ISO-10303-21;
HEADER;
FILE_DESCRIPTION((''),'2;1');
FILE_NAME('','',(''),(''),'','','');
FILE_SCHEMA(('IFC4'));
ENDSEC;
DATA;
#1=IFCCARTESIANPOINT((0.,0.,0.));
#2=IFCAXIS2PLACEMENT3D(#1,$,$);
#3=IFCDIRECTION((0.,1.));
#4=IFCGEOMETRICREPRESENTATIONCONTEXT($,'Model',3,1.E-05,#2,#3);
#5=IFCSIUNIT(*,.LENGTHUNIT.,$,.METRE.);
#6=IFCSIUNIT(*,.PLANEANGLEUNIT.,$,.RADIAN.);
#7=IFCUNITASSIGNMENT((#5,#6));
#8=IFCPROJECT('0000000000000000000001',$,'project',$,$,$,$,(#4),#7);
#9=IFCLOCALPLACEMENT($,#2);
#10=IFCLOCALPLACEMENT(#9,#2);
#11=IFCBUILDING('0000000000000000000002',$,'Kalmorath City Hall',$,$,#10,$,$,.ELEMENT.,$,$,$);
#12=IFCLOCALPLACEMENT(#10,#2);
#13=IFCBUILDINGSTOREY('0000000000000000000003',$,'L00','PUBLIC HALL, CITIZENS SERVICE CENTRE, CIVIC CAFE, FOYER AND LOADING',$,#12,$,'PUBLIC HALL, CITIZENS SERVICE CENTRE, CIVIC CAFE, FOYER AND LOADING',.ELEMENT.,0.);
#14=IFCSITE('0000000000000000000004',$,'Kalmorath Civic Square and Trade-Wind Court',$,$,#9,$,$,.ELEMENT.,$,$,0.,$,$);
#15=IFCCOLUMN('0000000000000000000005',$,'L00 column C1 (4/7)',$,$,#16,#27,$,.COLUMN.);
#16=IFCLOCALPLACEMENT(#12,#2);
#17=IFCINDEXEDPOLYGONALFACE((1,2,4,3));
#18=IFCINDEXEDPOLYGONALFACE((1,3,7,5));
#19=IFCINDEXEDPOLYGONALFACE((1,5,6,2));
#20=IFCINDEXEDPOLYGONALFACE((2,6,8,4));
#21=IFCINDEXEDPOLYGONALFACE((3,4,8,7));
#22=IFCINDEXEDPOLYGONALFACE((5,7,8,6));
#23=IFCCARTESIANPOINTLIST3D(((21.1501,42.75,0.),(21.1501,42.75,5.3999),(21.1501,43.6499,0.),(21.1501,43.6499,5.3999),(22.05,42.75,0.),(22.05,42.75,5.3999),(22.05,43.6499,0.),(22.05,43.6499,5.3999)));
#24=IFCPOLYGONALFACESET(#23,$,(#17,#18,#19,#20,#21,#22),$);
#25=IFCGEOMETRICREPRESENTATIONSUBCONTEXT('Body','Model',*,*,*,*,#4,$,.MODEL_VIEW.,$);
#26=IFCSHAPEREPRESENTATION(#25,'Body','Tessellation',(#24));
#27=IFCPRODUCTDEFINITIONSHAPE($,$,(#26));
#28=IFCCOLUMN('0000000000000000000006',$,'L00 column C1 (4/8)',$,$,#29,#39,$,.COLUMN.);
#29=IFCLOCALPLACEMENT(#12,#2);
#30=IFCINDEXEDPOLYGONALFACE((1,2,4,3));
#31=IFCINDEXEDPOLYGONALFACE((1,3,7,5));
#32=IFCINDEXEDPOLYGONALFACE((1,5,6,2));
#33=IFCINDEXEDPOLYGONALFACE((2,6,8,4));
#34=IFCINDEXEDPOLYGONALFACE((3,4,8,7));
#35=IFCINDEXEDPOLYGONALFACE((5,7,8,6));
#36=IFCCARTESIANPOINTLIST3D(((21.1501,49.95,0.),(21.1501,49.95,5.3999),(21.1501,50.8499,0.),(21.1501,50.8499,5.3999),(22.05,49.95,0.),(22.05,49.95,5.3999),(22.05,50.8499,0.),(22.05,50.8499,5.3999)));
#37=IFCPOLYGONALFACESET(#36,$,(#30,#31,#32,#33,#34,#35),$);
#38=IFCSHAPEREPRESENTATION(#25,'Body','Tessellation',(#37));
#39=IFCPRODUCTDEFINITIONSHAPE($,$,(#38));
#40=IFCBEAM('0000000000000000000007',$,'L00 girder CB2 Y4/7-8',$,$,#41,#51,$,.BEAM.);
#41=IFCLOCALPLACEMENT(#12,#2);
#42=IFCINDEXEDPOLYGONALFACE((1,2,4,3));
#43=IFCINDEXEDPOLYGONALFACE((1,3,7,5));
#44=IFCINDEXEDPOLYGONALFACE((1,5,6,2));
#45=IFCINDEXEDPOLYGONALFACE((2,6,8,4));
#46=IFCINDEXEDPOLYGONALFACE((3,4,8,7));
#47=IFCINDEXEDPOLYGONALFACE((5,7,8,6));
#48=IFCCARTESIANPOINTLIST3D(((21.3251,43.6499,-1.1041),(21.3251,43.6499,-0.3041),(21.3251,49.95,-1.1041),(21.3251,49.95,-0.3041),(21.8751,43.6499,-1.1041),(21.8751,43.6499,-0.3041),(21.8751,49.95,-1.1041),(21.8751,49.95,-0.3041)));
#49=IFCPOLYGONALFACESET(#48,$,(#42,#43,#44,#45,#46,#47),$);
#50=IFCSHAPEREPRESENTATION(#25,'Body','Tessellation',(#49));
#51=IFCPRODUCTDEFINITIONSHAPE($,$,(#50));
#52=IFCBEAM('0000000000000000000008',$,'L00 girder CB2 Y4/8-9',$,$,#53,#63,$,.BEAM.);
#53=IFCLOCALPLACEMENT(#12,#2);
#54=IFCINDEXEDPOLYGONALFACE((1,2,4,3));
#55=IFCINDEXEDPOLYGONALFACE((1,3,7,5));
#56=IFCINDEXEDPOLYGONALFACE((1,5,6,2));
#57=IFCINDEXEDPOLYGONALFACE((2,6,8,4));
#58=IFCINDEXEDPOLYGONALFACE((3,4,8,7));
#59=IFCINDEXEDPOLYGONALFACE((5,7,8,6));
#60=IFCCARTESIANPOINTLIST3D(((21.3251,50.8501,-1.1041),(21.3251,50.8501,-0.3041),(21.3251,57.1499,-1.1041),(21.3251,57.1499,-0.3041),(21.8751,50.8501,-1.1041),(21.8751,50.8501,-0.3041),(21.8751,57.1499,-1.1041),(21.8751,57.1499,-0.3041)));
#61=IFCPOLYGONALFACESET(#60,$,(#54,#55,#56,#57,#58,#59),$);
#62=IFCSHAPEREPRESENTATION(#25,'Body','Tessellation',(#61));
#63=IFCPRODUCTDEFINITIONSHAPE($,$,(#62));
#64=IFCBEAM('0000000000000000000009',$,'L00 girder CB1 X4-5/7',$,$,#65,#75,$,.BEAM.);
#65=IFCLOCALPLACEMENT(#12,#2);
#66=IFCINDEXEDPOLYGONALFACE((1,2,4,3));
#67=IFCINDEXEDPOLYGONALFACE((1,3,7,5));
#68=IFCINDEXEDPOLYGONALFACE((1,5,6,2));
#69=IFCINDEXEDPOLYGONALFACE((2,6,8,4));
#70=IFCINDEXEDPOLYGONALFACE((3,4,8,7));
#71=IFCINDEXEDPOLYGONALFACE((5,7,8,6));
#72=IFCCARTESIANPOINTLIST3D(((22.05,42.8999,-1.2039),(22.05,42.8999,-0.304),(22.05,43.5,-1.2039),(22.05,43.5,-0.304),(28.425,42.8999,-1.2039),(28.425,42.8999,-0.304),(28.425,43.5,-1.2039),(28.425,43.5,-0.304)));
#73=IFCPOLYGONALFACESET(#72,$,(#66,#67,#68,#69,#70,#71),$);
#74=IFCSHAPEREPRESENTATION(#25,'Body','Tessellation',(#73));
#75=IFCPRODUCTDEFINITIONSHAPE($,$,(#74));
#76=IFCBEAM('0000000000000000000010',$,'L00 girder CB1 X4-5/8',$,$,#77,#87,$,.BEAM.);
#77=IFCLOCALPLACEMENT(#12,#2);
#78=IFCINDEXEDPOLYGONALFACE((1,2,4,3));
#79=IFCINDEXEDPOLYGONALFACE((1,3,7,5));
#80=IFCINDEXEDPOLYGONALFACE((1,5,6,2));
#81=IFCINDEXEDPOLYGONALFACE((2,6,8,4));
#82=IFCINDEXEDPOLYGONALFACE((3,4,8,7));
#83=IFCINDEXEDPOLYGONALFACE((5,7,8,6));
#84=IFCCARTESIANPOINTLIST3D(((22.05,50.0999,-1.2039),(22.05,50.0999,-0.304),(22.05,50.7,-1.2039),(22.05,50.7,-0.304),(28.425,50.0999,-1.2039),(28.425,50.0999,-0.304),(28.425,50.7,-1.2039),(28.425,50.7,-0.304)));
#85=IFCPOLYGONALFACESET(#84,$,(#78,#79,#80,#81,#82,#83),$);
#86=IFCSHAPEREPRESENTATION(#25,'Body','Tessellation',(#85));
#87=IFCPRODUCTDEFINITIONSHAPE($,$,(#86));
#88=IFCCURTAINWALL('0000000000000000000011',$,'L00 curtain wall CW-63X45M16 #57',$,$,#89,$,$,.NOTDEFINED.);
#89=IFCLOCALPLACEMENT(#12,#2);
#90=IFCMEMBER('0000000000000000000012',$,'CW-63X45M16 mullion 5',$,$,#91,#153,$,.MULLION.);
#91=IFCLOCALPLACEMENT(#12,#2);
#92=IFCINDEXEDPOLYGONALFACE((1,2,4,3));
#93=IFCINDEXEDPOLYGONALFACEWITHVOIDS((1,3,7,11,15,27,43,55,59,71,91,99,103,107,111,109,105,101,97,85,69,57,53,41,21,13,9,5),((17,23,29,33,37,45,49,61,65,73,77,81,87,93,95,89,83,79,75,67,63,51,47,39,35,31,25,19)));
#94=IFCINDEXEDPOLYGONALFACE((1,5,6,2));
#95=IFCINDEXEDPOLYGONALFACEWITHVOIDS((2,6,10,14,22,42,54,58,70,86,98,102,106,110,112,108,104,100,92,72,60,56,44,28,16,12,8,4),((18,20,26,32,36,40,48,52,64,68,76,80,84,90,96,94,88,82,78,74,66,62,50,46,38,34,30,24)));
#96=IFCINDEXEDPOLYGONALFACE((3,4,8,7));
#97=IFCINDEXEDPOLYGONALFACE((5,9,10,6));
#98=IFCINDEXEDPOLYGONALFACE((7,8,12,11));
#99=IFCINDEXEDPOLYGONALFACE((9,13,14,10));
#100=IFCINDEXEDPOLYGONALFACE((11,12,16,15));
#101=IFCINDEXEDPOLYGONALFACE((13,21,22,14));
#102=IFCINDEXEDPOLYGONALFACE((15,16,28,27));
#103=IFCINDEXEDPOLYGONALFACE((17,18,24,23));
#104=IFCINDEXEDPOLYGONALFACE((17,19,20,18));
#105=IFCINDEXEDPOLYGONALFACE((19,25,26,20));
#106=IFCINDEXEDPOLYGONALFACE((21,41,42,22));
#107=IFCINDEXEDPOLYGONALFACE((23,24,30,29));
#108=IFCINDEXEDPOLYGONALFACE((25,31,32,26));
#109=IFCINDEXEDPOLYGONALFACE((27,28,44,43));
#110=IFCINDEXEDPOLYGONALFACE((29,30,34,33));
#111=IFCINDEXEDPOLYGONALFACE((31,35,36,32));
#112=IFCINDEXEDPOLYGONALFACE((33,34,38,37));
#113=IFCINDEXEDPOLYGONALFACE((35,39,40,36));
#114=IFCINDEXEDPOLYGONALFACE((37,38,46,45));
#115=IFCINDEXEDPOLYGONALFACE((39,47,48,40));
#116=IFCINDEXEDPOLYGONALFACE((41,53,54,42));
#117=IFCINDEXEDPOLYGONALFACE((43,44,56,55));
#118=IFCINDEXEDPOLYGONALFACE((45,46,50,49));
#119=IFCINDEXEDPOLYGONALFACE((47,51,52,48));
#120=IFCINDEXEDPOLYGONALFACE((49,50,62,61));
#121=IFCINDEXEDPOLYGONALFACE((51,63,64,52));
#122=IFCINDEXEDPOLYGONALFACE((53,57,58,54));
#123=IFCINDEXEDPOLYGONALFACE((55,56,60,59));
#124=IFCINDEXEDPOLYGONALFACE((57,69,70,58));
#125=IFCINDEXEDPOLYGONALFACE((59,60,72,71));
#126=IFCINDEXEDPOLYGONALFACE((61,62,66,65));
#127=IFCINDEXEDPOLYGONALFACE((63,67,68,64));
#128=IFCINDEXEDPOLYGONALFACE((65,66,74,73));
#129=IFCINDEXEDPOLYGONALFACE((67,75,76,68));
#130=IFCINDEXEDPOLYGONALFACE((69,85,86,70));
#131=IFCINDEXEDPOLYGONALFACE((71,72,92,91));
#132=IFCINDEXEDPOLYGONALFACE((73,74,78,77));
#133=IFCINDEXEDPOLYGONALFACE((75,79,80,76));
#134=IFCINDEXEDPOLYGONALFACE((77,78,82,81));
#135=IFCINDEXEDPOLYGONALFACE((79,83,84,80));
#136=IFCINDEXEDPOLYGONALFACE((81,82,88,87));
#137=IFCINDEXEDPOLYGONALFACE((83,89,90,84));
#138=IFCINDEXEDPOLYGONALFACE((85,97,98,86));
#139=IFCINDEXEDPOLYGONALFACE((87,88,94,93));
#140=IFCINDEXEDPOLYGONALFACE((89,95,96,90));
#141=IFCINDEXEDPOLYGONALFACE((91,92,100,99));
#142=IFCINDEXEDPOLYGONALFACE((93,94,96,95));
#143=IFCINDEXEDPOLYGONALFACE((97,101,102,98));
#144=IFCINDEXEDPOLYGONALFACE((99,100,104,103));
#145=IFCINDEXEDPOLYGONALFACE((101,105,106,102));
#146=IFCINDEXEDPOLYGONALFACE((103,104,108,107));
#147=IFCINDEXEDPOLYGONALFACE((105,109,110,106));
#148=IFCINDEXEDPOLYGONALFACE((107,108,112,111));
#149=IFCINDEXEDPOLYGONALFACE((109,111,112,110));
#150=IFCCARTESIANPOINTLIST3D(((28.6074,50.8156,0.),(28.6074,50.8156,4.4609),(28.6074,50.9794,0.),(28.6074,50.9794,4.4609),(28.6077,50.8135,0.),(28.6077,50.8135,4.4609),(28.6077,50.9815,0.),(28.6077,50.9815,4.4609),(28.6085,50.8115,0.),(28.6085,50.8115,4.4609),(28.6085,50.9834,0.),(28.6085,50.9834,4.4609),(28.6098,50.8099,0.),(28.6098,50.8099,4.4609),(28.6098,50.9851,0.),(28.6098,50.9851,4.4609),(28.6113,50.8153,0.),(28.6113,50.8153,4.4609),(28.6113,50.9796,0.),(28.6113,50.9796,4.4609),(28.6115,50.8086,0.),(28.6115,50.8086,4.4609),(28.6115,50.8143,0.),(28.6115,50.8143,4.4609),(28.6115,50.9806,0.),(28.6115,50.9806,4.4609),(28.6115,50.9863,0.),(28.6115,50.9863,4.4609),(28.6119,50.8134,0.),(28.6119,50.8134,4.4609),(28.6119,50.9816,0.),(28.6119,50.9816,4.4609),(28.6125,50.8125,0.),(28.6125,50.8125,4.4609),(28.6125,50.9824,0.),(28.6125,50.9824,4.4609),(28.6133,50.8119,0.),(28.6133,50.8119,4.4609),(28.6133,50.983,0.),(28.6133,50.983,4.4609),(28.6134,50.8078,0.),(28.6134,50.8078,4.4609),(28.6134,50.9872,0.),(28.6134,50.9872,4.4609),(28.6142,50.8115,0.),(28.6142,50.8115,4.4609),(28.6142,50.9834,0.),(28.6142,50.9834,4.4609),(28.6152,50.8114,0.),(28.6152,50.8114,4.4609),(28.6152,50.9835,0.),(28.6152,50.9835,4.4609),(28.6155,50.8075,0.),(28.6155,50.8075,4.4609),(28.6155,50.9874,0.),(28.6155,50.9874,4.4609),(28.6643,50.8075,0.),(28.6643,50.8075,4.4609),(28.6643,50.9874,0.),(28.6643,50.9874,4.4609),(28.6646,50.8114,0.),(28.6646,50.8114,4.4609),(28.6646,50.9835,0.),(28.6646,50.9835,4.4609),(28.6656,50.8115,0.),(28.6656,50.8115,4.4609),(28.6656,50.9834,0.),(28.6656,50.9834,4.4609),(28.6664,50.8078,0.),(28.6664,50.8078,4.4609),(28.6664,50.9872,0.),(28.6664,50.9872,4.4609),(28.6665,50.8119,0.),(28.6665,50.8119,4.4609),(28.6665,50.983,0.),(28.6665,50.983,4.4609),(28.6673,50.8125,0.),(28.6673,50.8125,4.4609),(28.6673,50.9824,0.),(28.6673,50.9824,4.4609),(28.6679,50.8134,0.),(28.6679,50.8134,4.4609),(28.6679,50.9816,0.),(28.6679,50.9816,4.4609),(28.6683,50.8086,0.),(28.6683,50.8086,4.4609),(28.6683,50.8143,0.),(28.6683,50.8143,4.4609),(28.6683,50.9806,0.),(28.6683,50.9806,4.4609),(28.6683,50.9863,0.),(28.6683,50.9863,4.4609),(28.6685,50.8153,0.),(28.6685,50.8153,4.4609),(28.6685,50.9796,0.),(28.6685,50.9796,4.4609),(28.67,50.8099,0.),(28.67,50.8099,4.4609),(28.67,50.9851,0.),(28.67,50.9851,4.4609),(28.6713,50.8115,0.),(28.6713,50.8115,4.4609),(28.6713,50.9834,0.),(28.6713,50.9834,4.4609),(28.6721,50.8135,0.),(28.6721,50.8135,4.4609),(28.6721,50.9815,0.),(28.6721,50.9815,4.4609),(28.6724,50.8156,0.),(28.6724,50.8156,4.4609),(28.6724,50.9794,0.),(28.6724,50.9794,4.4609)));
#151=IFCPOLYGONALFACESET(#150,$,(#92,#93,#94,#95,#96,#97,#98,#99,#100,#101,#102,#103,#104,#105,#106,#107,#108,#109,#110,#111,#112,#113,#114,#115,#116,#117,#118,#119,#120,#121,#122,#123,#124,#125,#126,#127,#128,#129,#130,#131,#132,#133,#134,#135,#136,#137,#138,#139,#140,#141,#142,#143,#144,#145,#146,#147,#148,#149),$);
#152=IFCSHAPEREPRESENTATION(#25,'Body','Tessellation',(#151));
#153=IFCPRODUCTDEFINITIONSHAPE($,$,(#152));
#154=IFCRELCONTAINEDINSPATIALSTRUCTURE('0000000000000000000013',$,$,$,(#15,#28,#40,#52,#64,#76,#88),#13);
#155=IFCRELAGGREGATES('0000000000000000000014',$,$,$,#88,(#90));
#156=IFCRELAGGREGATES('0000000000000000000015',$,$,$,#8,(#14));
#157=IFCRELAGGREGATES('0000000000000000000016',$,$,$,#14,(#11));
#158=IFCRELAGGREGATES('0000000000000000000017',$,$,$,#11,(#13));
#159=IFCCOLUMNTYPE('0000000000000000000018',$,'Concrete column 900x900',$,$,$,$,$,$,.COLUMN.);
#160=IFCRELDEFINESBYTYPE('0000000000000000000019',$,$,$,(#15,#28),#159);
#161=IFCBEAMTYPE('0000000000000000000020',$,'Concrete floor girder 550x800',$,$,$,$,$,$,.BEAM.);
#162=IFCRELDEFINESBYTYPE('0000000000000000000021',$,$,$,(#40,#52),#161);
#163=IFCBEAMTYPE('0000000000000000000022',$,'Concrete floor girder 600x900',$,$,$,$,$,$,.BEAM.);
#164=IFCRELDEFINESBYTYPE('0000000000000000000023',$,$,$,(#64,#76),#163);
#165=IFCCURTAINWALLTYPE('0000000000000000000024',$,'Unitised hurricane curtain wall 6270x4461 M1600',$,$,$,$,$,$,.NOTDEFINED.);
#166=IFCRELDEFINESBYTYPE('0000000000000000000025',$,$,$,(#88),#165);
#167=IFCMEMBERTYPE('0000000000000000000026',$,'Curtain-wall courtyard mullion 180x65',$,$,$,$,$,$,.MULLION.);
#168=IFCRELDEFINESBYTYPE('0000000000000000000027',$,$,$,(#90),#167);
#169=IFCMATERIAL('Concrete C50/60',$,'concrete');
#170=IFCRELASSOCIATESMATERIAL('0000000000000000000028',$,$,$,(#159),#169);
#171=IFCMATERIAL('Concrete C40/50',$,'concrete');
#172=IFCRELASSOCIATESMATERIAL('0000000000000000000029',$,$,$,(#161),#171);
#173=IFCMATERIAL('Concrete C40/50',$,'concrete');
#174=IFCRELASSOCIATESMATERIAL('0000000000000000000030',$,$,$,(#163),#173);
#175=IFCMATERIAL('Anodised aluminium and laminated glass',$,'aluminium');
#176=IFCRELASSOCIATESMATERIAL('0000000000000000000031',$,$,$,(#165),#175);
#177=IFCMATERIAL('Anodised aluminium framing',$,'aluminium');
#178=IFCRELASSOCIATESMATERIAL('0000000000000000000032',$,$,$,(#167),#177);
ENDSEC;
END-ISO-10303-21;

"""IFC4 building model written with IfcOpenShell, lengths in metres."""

from ifc_helpers import new_model, si_unit, direction, frame, origin, origin_2d, place, context, subcontext, project, spatial, rectangle, hollow_rectangle, extrude, material, material_profile, profile_set, type_object, element, aggregate, save


model = new_model("IFC4")

# Units and contexts
model_context = context("Model", 3, precision=1e-05, world=origin(), true_north=direction((0.0, 1.0)))
body_context = subcontext(model_context, "Body", "Model", "MODEL_VIEW")
ifc_project = project(units=[si_unit("LENGTHUNIT", "METRE"), si_unit("PLANEANGLEUNIT", "RADIAN")], contexts=[model_context])

# Site, building, storey
site_placement = place(None, origin())
site = spatial("IfcSite", under=ifc_project, at=site_placement, Name="Kalmorath Civic Square and Trade-Wind Court", CompositionType="ELEMENT", RefElevation=0.0)
building_placement = place(site_placement, origin())
building = spatial("IfcBuilding", under=site, at=building_placement, Name="Kalmorath City Hall", CompositionType="ELEMENT")
storey_placement = place(building_placement, origin())
storey = spatial("IfcBuildingStorey", under=building, at=storey_placement, Name="L00", Description="PUBLIC HALL, CITIZENS SERVICE CENTRE, CIVIC CAFE, FOYER AND LOADING", LongName="PUBLIC HALL, CITIZENS SERVICE CENTRE, CIVIC CAFE, FOYER AND LOADING", CompositionType="ELEMENT", Elevation=0.0)

# Columns
ifc_material_1 = material(Name="Concrete C50/60", Category="concrete")
ifc_material_profile_1 = material_profile(ifc_material_1, rectangle(XDim=0.8999, YDim=0.8999, at=origin_2d()), Name="RC-COL-900X900")
ifc_profile_set_1 = profile_set([ifc_material_profile_1], Name="Concrete C50/60")
column_type = type_object("IfcColumnType", Name="Concrete column 900x900", PredefinedType="COLUMN", material=ifc_profile_set_1)
for number, where, z_axis, x_axis, name in (
    (1, (21.6001, 43.2, 0.0), (0.0, 0.0, 1.0), (1.0, 0.0, 0.0), "L00 column C1 (4/7)"),
    (2, (21.6001, 50.3999, 0.0), (0.0, 0.0, 1.0), (1.0, 0.0, 0.0), "L00 column C1 (4/8)"),
):
    element("IfcColumn", number, at=place(storey_placement, frame(where, z_axis=z_axis, x_axis=x_axis)), inside=storey, type_object=column_type, Name=name, PredefinedType="COLUMN", context=body_context, shape_type="SweptSolid", body=[
        extrude(rectangle(XDim=0.8999, YDim=0.8999, at=origin_2d()), origin(), (0.0, 0.0, 1.0), 5.3999),
    ])

# Beams
ifc_material_2 = material(Name="Concrete C40/50", Category="concrete")
ifc_material_profile_2 = material_profile(ifc_material_2, rectangle(XDim=0.55, YDim=0.8, at=origin_2d()), Name="RC-BM-550X800")
ifc_profile_set_2 = profile_set([ifc_material_profile_2], Name="Concrete C40/50")
beam_type_1 = type_object("IfcBeamType", Name="Concrete floor girder 550x800", PredefinedType="BEAM", material=ifc_profile_set_2)
beam_1_placement = place(storey_placement, frame((21.6001, 43.6499, -0.7041), z_axis=(0.0, 1.0, 0.0), x_axis=(-1.0, 0.0, 0.0)))
element("IfcBeam", 3, at=beam_1_placement, inside=storey, type_object=beam_type_1, Name="L00 girder CB2 Y4/7-8", PredefinedType="BEAM", context=body_context, shape_type="SweptSolid", body=[
    extrude(rectangle(XDim=0.55, YDim=0.8, at=origin_2d()), origin(), (0.0, 0.0, 1.0), 6.3),
])
beam_2_placement = place(storey_placement, frame((21.6001, 50.8501, -0.7041), z_axis=(0.0, 1.0, 0.0), x_axis=(-1.0, 0.0, 0.0)))
element("IfcBeam", 4, at=beam_2_placement, inside=storey, type_object=beam_type_1, Name="L00 girder CB2 Y4/8-9", PredefinedType="BEAM", context=body_context, shape_type="SweptSolid", body=[
    extrude(rectangle(XDim=0.55, YDim=0.8, at=origin_2d()), origin(), (0.0, 0.0, 1.0), 6.2998),
])
ifc_material_3 = material(Name="Concrete C40/50", Category="concrete")
ifc_material_profile_3 = material_profile(ifc_material_3, rectangle(XDim=0.6001, YDim=0.8999, at=origin_2d()), Name="RC-BM-600X900")
ifc_profile_set_3 = profile_set([ifc_material_profile_3], Name="Concrete C40/50")
beam_type_2 = type_object("IfcBeamType", Name="Concrete floor girder 600x900", PredefinedType="BEAM", material=ifc_profile_set_3)
for number, where, z_axis, x_axis, name in (
    (5, (22.05, 43.2, -0.7539), (1.0, 0.0, 0.0), (0.0, 1.0, 0.0), "L00 girder CB1 X4-5/7"),
    (6, (22.05, 50.3999, -0.7539), (1.0, 0.0, 0.0), (0.0, 1.0, 0.0), "L00 girder CB1 X4-5/8"),
):
    element("IfcBeam", number, at=place(storey_placement, frame(where, z_axis=z_axis, x_axis=x_axis)), inside=storey, type_object=beam_type_2, Name=name, PredefinedType="BEAM", context=body_context, shape_type="SweptSolid", body=[
        extrude(rectangle(XDim=0.6001, YDim=0.8999, at=origin_2d()), origin(), (0.0, 0.0, 1.0), 6.375),
    ])

# Curtain wall, member
ifc_material_4 = material(Name="Anodised aluminium and laminated glass", Category="aluminium")
curtain_wall_type = type_object("IfcCurtainWallType", Name="Unitised hurricane curtain wall 6270x4461 M1600", PredefinedType="NOTDEFINED", material=ifc_material_4)
curtain_wall_placement = place(storey_placement, origin())
curtain_wall = element("IfcCurtainWall", 7, at=curtain_wall_placement, inside=storey, type_object=curtain_wall_type, Name="L00 curtain wall CW-63X45M16 #57", PredefinedType="NOTDEFINED")
ifc_material_5 = material(Name="Anodised aluminium framing", Category="aluminium")
ifc_material_profile_4 = material_profile(ifc_material_5, hollow_rectangle(XDim=0.0649, YDim=0.1799, WallThickness=0.0039, InnerFilletRadius=0.0039, OuterFilletRadius=0.0081, at=origin_2d()), Name="ALU-MUL-180X65X4")
ifc_profile_set_4 = profile_set([ifc_material_profile_4], Name="Anodised aluminium framing")
member_type_1 = type_object("IfcMemberType", Name="Curtain-wall courtyard mullion 180x65", PredefinedType="MULLION", material=ifc_profile_set_4)
member_1_placement = place(storey_placement, frame((28.6399, 50.8975, 0.0), z_axis=(0.0, 0.0, 1.0), x_axis=(1.0, 0.0, 0.0)))
member_1 = element("IfcMember", 8, at=member_1_placement, type_object=member_type_1, Name="CW-63X45M16 mullion 5", PredefinedType="MULLION", context=body_context, shape_type="SweptSolid", body=[
    extrude(hollow_rectangle(XDim=0.0649, YDim=0.1799, WallThickness=0.0039, InnerFilletRadius=0.0039, OuterFilletRadius=0.0081, at=origin_2d()), origin(), (0.0, 0.0, 1.0), 4.4609),
])

aggregate(curtain_wall, [member_1])

save(model, "model.ifc")
